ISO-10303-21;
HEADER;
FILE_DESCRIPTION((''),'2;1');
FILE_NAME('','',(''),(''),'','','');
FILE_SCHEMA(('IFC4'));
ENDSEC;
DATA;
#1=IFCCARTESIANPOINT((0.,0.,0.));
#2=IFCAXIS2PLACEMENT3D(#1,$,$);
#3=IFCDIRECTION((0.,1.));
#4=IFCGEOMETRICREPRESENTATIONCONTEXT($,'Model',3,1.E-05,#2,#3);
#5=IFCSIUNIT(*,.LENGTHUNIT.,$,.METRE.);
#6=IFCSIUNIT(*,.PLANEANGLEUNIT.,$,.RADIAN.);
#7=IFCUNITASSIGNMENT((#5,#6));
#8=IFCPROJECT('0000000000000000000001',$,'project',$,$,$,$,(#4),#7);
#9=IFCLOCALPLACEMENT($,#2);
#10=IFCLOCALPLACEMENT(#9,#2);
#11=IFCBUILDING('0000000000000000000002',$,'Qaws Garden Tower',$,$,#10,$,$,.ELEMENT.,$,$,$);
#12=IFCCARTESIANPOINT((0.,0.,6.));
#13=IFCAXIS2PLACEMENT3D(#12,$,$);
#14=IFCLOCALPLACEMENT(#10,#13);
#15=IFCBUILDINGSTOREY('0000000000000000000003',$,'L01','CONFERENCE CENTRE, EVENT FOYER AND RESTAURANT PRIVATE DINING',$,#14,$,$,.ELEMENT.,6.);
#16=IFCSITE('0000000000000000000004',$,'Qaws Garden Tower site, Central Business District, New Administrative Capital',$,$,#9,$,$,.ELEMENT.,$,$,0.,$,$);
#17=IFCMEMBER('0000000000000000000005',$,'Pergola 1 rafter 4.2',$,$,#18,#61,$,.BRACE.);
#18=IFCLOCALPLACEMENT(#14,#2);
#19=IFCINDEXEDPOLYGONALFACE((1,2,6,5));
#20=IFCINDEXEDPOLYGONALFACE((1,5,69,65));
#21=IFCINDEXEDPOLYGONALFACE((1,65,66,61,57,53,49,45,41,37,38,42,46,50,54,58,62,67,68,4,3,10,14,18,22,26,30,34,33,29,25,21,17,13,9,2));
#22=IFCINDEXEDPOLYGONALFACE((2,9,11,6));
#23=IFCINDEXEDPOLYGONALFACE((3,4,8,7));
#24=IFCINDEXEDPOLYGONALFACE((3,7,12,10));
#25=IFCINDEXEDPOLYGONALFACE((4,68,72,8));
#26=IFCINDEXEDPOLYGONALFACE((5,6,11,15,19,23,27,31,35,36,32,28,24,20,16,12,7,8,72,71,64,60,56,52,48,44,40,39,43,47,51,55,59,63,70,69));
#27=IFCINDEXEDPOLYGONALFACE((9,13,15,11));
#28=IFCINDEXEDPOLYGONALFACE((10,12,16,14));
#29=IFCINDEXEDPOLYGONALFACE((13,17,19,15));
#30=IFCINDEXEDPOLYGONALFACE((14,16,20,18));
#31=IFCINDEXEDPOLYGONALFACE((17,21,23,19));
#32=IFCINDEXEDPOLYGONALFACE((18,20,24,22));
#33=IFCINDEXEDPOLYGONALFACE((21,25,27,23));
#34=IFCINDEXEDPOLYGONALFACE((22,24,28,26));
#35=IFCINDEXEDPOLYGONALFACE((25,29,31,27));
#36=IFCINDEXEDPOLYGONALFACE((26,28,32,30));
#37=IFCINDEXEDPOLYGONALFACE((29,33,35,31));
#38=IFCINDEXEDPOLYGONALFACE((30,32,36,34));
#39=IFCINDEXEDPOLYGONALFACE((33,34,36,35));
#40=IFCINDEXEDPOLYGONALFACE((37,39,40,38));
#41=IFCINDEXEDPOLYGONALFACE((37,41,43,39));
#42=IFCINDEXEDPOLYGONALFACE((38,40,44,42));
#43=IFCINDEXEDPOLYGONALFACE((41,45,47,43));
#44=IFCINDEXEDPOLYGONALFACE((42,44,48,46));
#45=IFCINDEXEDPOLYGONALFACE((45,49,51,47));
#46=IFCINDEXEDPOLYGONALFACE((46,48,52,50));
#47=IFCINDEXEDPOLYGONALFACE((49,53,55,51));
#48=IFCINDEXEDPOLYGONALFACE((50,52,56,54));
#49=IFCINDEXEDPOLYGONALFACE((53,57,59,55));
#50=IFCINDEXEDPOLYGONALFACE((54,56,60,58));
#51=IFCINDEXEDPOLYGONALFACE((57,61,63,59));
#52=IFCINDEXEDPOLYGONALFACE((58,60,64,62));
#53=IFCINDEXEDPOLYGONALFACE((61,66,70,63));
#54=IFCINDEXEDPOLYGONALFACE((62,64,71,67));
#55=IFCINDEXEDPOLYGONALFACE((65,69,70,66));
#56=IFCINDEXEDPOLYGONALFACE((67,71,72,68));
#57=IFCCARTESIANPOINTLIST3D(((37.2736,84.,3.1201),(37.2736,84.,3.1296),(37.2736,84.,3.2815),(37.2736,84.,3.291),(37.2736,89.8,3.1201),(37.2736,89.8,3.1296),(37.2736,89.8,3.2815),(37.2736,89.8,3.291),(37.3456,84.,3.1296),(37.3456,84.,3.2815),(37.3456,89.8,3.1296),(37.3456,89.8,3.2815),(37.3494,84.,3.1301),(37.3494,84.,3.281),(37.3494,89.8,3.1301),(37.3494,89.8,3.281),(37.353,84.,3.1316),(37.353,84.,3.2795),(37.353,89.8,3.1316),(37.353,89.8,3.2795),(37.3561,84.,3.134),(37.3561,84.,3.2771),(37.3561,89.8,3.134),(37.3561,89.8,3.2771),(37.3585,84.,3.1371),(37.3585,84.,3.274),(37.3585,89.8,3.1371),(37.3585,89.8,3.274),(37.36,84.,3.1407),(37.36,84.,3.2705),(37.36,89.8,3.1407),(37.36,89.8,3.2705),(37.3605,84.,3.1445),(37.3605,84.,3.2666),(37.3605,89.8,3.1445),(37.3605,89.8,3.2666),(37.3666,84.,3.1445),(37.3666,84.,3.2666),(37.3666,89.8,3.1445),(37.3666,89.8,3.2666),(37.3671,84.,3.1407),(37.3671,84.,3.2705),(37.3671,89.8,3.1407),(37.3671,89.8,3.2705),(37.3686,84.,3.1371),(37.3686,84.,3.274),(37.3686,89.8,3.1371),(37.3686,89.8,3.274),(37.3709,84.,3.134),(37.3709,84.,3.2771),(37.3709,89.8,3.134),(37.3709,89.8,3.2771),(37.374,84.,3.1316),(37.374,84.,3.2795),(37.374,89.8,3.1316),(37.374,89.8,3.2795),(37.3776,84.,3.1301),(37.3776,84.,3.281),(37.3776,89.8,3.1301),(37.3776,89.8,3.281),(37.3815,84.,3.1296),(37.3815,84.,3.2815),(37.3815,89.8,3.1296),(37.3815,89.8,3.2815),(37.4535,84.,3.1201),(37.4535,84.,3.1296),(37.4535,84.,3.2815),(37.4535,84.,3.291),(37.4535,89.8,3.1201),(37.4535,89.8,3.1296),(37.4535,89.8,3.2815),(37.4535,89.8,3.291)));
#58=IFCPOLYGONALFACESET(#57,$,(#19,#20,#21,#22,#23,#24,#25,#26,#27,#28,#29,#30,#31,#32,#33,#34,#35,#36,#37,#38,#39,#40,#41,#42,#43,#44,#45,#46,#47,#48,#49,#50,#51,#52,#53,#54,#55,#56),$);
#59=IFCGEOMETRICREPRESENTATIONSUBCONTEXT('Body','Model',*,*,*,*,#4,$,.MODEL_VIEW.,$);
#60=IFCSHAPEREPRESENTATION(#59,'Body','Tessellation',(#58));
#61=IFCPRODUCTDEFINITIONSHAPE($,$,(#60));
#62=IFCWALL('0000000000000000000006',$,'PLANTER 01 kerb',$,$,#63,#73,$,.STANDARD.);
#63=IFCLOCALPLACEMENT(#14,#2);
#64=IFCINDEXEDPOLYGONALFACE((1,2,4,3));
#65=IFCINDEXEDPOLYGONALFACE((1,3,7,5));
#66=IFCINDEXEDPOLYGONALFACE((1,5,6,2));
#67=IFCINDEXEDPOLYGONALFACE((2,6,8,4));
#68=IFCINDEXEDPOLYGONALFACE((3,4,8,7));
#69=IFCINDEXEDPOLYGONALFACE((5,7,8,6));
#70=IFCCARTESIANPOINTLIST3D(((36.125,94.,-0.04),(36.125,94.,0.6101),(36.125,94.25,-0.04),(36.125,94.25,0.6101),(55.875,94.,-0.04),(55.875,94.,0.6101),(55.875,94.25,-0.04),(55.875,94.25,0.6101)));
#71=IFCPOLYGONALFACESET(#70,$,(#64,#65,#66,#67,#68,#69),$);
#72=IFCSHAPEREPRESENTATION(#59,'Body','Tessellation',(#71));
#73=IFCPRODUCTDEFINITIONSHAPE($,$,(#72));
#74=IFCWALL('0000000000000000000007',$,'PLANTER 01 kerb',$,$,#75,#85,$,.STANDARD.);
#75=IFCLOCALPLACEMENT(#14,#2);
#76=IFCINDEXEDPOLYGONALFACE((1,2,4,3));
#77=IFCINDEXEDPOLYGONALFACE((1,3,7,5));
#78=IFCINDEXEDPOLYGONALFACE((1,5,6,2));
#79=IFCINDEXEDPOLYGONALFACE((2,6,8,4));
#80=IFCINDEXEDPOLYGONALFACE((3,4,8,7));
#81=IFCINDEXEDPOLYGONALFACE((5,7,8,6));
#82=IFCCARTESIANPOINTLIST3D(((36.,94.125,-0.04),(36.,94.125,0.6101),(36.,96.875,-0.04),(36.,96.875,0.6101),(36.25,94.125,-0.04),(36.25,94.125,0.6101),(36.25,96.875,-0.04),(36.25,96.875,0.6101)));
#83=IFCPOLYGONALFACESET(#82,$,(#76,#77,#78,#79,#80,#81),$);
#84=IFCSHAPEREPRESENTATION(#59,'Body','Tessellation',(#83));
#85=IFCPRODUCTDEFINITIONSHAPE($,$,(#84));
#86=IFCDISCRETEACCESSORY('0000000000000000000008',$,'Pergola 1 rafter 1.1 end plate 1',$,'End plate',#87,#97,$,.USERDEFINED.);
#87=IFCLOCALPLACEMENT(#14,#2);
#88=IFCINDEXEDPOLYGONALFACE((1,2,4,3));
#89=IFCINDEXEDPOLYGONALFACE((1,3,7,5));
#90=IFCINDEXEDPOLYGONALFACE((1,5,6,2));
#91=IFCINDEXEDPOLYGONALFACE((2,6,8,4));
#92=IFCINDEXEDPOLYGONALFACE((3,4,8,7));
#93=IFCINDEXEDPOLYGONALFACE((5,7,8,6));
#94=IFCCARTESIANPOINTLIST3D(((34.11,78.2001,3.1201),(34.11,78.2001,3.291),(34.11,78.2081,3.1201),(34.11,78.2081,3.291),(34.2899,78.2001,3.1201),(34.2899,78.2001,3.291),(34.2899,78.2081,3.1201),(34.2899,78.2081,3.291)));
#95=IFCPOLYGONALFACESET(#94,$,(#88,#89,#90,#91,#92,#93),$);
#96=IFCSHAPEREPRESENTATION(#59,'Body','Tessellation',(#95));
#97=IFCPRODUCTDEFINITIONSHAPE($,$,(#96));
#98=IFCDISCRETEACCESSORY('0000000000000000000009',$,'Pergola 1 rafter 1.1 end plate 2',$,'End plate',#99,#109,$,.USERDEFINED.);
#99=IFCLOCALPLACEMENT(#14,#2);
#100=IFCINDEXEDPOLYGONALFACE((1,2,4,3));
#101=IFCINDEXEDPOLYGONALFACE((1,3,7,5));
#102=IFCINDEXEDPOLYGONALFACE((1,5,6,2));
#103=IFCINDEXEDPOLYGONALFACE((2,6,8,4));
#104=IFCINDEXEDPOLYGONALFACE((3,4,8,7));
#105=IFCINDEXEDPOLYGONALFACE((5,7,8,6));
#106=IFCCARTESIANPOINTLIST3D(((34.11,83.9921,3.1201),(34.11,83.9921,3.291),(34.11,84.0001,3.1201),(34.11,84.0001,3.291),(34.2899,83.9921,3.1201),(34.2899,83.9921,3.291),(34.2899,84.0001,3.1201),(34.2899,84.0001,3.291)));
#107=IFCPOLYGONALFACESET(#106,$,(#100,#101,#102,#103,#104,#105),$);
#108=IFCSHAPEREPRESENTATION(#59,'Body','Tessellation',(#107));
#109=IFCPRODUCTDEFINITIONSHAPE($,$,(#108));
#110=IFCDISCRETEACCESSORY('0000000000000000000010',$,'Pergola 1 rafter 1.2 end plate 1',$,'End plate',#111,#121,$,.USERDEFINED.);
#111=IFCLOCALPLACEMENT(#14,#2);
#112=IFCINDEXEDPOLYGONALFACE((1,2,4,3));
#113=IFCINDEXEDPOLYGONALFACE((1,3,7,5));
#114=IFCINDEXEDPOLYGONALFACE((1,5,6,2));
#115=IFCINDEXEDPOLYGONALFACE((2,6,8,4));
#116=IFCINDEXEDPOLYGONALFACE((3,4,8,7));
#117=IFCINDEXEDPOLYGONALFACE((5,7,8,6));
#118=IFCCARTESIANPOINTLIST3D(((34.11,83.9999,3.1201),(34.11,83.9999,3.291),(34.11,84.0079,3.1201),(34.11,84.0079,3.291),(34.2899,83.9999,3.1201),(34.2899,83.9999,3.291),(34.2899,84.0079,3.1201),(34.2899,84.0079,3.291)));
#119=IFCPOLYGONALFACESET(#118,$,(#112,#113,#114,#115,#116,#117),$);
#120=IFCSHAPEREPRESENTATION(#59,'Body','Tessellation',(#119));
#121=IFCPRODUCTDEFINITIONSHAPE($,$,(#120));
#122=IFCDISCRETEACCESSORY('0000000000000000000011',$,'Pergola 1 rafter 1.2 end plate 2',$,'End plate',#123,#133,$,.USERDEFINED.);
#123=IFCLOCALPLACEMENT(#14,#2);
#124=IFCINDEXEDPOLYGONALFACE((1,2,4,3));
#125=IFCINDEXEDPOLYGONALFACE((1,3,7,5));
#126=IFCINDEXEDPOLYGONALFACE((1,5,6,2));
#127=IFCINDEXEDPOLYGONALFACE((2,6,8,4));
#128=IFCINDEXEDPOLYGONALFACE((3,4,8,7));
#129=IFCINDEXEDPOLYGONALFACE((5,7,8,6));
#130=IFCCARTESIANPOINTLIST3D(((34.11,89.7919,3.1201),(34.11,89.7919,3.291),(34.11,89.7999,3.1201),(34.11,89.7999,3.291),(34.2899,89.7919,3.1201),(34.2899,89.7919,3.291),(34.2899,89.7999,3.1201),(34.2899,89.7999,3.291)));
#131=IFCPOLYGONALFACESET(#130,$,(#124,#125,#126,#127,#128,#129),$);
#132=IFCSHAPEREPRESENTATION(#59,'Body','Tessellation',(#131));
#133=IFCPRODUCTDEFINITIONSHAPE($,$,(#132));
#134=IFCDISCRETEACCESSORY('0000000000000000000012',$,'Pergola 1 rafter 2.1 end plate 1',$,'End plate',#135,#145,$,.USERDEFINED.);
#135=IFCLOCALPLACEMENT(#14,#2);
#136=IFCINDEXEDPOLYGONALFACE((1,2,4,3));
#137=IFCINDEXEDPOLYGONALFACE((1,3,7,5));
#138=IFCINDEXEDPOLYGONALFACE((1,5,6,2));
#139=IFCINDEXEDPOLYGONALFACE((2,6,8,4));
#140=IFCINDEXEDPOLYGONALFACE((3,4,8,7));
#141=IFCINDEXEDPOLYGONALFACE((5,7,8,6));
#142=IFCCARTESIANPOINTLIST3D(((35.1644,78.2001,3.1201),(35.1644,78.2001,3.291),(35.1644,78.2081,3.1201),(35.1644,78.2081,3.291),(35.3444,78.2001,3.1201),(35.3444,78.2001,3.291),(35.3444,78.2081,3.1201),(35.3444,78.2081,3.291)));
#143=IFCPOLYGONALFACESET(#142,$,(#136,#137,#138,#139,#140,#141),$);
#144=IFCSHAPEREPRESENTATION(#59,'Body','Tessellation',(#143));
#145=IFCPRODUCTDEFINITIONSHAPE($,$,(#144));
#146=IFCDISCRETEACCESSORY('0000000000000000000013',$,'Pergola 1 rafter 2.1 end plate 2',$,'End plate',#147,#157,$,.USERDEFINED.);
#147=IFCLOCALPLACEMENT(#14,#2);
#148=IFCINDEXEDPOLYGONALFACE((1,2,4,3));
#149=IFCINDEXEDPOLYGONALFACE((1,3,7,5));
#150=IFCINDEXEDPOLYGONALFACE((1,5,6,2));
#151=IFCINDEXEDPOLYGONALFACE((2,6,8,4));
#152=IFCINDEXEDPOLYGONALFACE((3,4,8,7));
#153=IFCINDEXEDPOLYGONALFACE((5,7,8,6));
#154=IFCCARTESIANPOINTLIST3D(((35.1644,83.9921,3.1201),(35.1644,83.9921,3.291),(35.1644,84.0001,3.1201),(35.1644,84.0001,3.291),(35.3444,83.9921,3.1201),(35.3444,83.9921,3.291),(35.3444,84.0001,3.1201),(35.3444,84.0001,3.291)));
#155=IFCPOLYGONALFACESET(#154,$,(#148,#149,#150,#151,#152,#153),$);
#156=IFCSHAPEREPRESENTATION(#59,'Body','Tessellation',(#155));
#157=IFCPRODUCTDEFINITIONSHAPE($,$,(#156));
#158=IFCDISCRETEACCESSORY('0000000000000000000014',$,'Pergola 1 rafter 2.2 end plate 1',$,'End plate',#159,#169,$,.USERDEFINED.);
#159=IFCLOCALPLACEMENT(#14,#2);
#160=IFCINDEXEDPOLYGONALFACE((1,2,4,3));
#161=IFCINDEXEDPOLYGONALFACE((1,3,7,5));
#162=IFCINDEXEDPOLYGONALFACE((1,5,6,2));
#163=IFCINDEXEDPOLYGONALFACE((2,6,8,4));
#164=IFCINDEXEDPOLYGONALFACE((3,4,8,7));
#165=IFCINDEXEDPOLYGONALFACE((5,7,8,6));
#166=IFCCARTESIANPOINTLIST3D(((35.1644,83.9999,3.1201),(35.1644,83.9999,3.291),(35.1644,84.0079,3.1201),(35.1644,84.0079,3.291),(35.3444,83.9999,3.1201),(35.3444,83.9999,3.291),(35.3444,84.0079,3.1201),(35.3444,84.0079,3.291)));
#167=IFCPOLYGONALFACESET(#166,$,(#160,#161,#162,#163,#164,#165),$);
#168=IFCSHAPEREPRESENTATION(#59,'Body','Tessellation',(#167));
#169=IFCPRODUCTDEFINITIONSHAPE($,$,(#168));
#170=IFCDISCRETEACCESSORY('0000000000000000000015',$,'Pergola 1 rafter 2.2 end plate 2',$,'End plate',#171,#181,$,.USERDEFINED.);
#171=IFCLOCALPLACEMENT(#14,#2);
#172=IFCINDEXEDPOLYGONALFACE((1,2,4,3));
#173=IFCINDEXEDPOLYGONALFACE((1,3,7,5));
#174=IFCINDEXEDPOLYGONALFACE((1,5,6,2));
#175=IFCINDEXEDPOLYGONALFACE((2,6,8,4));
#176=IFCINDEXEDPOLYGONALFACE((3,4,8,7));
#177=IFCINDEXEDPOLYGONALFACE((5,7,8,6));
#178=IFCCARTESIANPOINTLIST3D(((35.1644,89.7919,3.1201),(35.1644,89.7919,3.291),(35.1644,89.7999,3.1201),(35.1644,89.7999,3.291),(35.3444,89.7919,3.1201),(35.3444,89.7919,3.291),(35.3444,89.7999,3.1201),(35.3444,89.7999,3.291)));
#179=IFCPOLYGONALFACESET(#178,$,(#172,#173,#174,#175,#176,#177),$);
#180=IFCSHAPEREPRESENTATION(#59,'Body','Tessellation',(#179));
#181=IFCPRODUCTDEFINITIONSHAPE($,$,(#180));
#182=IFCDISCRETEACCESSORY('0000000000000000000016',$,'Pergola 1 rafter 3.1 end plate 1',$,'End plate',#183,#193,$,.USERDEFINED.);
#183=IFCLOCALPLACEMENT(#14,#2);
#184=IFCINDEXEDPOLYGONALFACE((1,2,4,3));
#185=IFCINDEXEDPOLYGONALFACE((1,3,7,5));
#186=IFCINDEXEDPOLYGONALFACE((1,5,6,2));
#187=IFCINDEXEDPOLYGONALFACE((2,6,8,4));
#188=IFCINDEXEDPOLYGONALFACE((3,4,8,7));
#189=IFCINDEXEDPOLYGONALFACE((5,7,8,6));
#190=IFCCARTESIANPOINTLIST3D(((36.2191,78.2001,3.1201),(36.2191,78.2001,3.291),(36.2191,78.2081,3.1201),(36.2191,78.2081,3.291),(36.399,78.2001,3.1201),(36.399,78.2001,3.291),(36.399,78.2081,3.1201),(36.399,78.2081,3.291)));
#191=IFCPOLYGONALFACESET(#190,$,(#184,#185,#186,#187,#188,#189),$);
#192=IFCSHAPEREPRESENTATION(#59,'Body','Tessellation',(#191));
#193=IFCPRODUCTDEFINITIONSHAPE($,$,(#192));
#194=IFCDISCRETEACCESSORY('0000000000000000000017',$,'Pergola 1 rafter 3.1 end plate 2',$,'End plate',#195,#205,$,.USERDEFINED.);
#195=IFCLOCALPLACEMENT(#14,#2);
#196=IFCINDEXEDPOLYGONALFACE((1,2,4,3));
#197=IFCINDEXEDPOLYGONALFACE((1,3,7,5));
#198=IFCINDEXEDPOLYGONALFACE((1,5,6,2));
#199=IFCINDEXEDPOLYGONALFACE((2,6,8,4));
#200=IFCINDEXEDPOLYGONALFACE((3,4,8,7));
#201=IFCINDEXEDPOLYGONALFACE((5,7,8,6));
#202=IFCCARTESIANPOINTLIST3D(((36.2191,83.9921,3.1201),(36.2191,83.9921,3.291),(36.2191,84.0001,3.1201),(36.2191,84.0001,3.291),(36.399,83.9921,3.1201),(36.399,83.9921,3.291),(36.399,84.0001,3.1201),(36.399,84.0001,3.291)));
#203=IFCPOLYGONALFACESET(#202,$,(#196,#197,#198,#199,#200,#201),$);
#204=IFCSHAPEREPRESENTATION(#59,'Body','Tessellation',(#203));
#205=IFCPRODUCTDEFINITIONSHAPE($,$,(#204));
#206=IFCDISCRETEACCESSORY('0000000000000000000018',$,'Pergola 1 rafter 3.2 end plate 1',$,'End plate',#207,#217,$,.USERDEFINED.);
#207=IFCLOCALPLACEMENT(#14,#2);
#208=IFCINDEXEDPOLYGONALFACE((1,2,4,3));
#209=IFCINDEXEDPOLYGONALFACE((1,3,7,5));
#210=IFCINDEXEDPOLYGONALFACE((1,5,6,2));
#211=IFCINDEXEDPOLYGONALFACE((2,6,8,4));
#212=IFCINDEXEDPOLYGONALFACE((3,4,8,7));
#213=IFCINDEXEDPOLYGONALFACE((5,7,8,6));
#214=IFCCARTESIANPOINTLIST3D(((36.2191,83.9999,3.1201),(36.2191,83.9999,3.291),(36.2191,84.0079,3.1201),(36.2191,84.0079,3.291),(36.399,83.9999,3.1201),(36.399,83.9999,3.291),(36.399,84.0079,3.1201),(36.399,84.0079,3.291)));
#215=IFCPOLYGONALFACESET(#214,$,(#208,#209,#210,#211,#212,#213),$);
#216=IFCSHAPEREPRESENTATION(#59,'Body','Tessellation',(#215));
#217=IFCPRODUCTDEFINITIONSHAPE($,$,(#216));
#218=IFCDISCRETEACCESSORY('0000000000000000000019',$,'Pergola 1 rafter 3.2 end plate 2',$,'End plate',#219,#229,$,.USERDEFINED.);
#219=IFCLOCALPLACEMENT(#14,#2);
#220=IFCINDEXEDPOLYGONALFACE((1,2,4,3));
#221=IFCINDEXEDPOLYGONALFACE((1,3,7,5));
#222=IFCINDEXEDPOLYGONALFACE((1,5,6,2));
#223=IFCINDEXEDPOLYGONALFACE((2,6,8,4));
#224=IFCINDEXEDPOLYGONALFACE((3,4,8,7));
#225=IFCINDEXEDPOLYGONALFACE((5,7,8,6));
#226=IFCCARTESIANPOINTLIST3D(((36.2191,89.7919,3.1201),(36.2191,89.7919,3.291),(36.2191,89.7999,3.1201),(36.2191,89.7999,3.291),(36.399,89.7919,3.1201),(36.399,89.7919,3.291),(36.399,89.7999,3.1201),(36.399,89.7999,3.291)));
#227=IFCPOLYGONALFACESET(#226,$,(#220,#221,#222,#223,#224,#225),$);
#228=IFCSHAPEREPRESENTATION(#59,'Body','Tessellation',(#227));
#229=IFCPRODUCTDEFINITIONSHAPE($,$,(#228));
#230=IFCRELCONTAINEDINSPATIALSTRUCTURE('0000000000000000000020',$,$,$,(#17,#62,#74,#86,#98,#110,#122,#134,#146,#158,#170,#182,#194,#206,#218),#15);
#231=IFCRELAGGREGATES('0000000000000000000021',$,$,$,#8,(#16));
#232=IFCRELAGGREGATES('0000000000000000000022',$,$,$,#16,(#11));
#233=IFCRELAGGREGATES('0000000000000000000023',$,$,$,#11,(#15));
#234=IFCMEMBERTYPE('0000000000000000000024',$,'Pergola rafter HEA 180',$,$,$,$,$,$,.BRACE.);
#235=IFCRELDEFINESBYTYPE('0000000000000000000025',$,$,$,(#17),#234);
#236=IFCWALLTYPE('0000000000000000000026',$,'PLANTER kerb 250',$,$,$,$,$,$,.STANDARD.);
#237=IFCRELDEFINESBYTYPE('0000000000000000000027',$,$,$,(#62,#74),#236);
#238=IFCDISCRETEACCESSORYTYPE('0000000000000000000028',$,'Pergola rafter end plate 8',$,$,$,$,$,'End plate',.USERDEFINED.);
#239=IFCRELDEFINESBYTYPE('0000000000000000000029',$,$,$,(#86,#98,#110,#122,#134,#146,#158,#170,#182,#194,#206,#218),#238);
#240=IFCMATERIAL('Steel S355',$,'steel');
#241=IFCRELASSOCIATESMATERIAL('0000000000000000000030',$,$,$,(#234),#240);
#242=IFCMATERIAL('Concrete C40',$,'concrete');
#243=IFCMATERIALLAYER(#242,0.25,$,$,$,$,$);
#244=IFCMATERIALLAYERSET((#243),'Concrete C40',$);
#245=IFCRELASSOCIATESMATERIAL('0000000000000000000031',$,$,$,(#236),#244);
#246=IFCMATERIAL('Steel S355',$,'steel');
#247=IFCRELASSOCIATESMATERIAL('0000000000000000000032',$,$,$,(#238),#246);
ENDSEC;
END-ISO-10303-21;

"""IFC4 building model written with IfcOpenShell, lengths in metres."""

from ifc_helpers import new_model, si_unit, direction, frame, frame_2d, origin, origin_2d, place, context, subcontext, project, spatial, rectangle, i_section, extrude, material, layer, layer_set, material_profile, profile_set, type_object, element, save


model = new_model("IFC4")

# Units and contexts
model_context = context("Model", 3, precision=1e-05, world=origin(), true_north=direction((0.0, 1.0)))
body_context = subcontext(model_context, "Body", "Model", "MODEL_VIEW")
ifc_project = project(units=[si_unit("LENGTHUNIT", "METRE"), si_unit("PLANEANGLEUNIT", "RADIAN")], contexts=[model_context])

# Site, building, storey
site_placement = place(None, origin())
site = spatial("IfcSite", under=ifc_project, at=site_placement, Name="Qaws Garden Tower site, Central Business District, New Administrative Capital", CompositionType="ELEMENT", RefElevation=0.0)
building_placement = place(site_placement, origin())
building = spatial("IfcBuilding", under=site, at=building_placement, Name="Qaws Garden Tower", CompositionType="ELEMENT")
storey_placement = place(building_placement, frame((0.0, 0.0, 6.0)))
storey = spatial("IfcBuildingStorey", under=building, at=storey_placement, Name="L01", Description="CONFERENCE CENTRE, EVENT FOYER AND RESTAURANT PRIVATE DINING", CompositionType="ELEMENT", Elevation=6.0)

# Member
ifc_material_1 = material(Name="Steel S355", Category="steel")
ifc_material_profile_1 = material_profile(ifc_material_1, i_section(OverallWidth=0.1799, OverallDepth=0.1709, WebThickness=0.0061, FlangeThickness=0.0095, FilletRadius=0.0149, at=origin_2d()), Name="HEA 180")
ifc_profile_set_1 = profile_set([ifc_material_profile_1], Name="Steel S355")
member_type = type_object("IfcMemberType", Name="Pergola rafter HEA 180", PredefinedType="BRACE", material=ifc_profile_set_1)
for number, where, z_axis, x_axis, name in (
    (1, (37.3635, 84.0, 3.2056), (0.0, 1.0, 0.0), (-1.0, 0.0, 0.0), "Pergola 1 rafter 4.2"),
):
    element("IfcMember", number, at=place(storey_placement, frame(where, z_axis=z_axis, x_axis=x_axis)), inside=storey, type_object=member_type, Name=name, PredefinedType="BRACE", context=body_context, shape_type="SweptSolid", body=[
        extrude(i_section(OverallWidth=0.1799, OverallDepth=0.1709, WebThickness=0.0061, FlangeThickness=0.0095, FilletRadius=0.0149, at=origin_2d()), origin(), (0.0, 0.0, 1.0), 5.8),
    ])

# Walls
ifc_material_2 = material(Name="Concrete C40", Category="concrete")
ifc_layer = layer(ifc_material_2, 0.25)
ifc_layer_set = layer_set([ifc_layer], Name="Concrete C40")
wall_type = type_object("IfcWallType", Name="PLANTER kerb 250", PredefinedType="STANDARD", material=ifc_layer_set)
wall_1_placement = place(storey_placement, frame((36.125, 94.125, -0.04), z_axis=(0.0, 0.0, 1.0), x_axis=(1.0, 0.0, 0.0)))
element("IfcWall", 2, at=wall_1_placement, inside=storey, type_object=wall_type, Name="PLANTER 01 kerb", PredefinedType="STANDARD", context=body_context, shape_type="SweptSolid", body=[
    extrude(rectangle(XDim=19.75, YDim=0.25, at=frame_2d((9.875, 0.0))), origin(), (0.0, 0.0, 1.0), 0.6501),
])
wall_2_placement = place(storey_placement, frame((36.125, 96.875, -0.04), z_axis=(0.0, 0.0, 1.0), x_axis=(0.0, -1.0, 0.0)))
element("IfcWall", 3, at=wall_2_placement, inside=storey, type_object=wall_type, Name="PLANTER 01 kerb", PredefinedType="STANDARD", context=body_context, shape_type="SweptSolid", body=[
    extrude(rectangle(XDim=2.75, YDim=0.25, at=frame_2d((1.375, 0.0))), origin(), (0.0, 0.0, 1.0), 0.6501),
])

# Discrete accessories
ifc_material_3 = material(Name="Steel S355", Category="steel")
discrete_accessory_type = type_object("IfcDiscreteAccessoryType", Name="Pergola rafter end plate 8", ElementType="End plate", PredefinedType="USERDEFINED", material=ifc_material_3)
for number, where, z_axis, x_axis, name in (
    (4, (34.2, 78.2041, 3.1201), (0.0, 0.0, 1.0), (1.0, 0.0, 0.0), "Pergola 1 rafter 1.1 end plate 1"),
    (5, (34.2, 83.9961, 3.1201), (0.0, 0.0, 1.0), (1.0, 0.0, 0.0), "Pergola 1 rafter 1.1 end plate 2"),
    (6, (34.2, 84.0039, 3.1201), (0.0, 0.0, 1.0), (1.0, 0.0, 0.0), "Pergola 1 rafter 1.2 end plate 1"),
    (7, (34.2, 89.7959, 3.1201), (0.0, 0.0, 1.0), (1.0, 0.0, 0.0), "Pergola 1 rafter 1.2 end plate 2"),
    (8, (35.2544, 78.2041, 3.1201), (0.0, 0.0, 1.0), (1.0, 0.0, 0.0), "Pergola 1 rafter 2.1 end plate 1"),
    (9, (35.2544, 83.9961, 3.1201), (0.0, 0.0, 1.0), (1.0, 0.0, 0.0), "Pergola 1 rafter 2.1 end plate 2"),
    (10, (35.2544, 84.0039, 3.1201), (0.0, 0.0, 1.0), (1.0, 0.0, 0.0), "Pergola 1 rafter 2.2 end plate 1"),
    (11, (35.2544, 89.7959, 3.1201), (0.0, 0.0, 1.0), (1.0, 0.0, 0.0), "Pergola 1 rafter 2.2 end plate 2"),
    (12, (36.3091, 78.2041, 3.1201), (0.0, 0.0, 1.0), (1.0, 0.0, 0.0), "Pergola 1 rafter 3.1 end plate 1"),
    (13, (36.3091, 83.9961, 3.1201), (0.0, 0.0, 1.0), (1.0, 0.0, 0.0), "Pergola 1 rafter 3.1 end plate 2"),
    (14, (36.3091, 84.0039, 3.1201), (0.0, 0.0, 1.0), (1.0, 0.0, 0.0), "Pergola 1 rafter 3.2 end plate 1"),
    (15, (36.3091, 89.7959, 3.1201), (0.0, 0.0, 1.0), (1.0, 0.0, 0.0), "Pergola 1 rafter 3.2 end plate 2"),
):
    element("IfcDiscreteAccessory", number, at=place(storey_placement, frame(where, z_axis=z_axis, x_axis=x_axis)), inside=storey, type_object=discrete_accessory_type, Name=name, ObjectType="End plate", PredefinedType="USERDEFINED", context=body_context, shape_type="SweptSolid", body=[
        extrude(rectangle(XDim=0.1799, YDim=0.0081, at=origin_2d()), origin(), (0.0, 0.0, 1.0), 0.1709),
    ])

save(model, "model.ifc")
